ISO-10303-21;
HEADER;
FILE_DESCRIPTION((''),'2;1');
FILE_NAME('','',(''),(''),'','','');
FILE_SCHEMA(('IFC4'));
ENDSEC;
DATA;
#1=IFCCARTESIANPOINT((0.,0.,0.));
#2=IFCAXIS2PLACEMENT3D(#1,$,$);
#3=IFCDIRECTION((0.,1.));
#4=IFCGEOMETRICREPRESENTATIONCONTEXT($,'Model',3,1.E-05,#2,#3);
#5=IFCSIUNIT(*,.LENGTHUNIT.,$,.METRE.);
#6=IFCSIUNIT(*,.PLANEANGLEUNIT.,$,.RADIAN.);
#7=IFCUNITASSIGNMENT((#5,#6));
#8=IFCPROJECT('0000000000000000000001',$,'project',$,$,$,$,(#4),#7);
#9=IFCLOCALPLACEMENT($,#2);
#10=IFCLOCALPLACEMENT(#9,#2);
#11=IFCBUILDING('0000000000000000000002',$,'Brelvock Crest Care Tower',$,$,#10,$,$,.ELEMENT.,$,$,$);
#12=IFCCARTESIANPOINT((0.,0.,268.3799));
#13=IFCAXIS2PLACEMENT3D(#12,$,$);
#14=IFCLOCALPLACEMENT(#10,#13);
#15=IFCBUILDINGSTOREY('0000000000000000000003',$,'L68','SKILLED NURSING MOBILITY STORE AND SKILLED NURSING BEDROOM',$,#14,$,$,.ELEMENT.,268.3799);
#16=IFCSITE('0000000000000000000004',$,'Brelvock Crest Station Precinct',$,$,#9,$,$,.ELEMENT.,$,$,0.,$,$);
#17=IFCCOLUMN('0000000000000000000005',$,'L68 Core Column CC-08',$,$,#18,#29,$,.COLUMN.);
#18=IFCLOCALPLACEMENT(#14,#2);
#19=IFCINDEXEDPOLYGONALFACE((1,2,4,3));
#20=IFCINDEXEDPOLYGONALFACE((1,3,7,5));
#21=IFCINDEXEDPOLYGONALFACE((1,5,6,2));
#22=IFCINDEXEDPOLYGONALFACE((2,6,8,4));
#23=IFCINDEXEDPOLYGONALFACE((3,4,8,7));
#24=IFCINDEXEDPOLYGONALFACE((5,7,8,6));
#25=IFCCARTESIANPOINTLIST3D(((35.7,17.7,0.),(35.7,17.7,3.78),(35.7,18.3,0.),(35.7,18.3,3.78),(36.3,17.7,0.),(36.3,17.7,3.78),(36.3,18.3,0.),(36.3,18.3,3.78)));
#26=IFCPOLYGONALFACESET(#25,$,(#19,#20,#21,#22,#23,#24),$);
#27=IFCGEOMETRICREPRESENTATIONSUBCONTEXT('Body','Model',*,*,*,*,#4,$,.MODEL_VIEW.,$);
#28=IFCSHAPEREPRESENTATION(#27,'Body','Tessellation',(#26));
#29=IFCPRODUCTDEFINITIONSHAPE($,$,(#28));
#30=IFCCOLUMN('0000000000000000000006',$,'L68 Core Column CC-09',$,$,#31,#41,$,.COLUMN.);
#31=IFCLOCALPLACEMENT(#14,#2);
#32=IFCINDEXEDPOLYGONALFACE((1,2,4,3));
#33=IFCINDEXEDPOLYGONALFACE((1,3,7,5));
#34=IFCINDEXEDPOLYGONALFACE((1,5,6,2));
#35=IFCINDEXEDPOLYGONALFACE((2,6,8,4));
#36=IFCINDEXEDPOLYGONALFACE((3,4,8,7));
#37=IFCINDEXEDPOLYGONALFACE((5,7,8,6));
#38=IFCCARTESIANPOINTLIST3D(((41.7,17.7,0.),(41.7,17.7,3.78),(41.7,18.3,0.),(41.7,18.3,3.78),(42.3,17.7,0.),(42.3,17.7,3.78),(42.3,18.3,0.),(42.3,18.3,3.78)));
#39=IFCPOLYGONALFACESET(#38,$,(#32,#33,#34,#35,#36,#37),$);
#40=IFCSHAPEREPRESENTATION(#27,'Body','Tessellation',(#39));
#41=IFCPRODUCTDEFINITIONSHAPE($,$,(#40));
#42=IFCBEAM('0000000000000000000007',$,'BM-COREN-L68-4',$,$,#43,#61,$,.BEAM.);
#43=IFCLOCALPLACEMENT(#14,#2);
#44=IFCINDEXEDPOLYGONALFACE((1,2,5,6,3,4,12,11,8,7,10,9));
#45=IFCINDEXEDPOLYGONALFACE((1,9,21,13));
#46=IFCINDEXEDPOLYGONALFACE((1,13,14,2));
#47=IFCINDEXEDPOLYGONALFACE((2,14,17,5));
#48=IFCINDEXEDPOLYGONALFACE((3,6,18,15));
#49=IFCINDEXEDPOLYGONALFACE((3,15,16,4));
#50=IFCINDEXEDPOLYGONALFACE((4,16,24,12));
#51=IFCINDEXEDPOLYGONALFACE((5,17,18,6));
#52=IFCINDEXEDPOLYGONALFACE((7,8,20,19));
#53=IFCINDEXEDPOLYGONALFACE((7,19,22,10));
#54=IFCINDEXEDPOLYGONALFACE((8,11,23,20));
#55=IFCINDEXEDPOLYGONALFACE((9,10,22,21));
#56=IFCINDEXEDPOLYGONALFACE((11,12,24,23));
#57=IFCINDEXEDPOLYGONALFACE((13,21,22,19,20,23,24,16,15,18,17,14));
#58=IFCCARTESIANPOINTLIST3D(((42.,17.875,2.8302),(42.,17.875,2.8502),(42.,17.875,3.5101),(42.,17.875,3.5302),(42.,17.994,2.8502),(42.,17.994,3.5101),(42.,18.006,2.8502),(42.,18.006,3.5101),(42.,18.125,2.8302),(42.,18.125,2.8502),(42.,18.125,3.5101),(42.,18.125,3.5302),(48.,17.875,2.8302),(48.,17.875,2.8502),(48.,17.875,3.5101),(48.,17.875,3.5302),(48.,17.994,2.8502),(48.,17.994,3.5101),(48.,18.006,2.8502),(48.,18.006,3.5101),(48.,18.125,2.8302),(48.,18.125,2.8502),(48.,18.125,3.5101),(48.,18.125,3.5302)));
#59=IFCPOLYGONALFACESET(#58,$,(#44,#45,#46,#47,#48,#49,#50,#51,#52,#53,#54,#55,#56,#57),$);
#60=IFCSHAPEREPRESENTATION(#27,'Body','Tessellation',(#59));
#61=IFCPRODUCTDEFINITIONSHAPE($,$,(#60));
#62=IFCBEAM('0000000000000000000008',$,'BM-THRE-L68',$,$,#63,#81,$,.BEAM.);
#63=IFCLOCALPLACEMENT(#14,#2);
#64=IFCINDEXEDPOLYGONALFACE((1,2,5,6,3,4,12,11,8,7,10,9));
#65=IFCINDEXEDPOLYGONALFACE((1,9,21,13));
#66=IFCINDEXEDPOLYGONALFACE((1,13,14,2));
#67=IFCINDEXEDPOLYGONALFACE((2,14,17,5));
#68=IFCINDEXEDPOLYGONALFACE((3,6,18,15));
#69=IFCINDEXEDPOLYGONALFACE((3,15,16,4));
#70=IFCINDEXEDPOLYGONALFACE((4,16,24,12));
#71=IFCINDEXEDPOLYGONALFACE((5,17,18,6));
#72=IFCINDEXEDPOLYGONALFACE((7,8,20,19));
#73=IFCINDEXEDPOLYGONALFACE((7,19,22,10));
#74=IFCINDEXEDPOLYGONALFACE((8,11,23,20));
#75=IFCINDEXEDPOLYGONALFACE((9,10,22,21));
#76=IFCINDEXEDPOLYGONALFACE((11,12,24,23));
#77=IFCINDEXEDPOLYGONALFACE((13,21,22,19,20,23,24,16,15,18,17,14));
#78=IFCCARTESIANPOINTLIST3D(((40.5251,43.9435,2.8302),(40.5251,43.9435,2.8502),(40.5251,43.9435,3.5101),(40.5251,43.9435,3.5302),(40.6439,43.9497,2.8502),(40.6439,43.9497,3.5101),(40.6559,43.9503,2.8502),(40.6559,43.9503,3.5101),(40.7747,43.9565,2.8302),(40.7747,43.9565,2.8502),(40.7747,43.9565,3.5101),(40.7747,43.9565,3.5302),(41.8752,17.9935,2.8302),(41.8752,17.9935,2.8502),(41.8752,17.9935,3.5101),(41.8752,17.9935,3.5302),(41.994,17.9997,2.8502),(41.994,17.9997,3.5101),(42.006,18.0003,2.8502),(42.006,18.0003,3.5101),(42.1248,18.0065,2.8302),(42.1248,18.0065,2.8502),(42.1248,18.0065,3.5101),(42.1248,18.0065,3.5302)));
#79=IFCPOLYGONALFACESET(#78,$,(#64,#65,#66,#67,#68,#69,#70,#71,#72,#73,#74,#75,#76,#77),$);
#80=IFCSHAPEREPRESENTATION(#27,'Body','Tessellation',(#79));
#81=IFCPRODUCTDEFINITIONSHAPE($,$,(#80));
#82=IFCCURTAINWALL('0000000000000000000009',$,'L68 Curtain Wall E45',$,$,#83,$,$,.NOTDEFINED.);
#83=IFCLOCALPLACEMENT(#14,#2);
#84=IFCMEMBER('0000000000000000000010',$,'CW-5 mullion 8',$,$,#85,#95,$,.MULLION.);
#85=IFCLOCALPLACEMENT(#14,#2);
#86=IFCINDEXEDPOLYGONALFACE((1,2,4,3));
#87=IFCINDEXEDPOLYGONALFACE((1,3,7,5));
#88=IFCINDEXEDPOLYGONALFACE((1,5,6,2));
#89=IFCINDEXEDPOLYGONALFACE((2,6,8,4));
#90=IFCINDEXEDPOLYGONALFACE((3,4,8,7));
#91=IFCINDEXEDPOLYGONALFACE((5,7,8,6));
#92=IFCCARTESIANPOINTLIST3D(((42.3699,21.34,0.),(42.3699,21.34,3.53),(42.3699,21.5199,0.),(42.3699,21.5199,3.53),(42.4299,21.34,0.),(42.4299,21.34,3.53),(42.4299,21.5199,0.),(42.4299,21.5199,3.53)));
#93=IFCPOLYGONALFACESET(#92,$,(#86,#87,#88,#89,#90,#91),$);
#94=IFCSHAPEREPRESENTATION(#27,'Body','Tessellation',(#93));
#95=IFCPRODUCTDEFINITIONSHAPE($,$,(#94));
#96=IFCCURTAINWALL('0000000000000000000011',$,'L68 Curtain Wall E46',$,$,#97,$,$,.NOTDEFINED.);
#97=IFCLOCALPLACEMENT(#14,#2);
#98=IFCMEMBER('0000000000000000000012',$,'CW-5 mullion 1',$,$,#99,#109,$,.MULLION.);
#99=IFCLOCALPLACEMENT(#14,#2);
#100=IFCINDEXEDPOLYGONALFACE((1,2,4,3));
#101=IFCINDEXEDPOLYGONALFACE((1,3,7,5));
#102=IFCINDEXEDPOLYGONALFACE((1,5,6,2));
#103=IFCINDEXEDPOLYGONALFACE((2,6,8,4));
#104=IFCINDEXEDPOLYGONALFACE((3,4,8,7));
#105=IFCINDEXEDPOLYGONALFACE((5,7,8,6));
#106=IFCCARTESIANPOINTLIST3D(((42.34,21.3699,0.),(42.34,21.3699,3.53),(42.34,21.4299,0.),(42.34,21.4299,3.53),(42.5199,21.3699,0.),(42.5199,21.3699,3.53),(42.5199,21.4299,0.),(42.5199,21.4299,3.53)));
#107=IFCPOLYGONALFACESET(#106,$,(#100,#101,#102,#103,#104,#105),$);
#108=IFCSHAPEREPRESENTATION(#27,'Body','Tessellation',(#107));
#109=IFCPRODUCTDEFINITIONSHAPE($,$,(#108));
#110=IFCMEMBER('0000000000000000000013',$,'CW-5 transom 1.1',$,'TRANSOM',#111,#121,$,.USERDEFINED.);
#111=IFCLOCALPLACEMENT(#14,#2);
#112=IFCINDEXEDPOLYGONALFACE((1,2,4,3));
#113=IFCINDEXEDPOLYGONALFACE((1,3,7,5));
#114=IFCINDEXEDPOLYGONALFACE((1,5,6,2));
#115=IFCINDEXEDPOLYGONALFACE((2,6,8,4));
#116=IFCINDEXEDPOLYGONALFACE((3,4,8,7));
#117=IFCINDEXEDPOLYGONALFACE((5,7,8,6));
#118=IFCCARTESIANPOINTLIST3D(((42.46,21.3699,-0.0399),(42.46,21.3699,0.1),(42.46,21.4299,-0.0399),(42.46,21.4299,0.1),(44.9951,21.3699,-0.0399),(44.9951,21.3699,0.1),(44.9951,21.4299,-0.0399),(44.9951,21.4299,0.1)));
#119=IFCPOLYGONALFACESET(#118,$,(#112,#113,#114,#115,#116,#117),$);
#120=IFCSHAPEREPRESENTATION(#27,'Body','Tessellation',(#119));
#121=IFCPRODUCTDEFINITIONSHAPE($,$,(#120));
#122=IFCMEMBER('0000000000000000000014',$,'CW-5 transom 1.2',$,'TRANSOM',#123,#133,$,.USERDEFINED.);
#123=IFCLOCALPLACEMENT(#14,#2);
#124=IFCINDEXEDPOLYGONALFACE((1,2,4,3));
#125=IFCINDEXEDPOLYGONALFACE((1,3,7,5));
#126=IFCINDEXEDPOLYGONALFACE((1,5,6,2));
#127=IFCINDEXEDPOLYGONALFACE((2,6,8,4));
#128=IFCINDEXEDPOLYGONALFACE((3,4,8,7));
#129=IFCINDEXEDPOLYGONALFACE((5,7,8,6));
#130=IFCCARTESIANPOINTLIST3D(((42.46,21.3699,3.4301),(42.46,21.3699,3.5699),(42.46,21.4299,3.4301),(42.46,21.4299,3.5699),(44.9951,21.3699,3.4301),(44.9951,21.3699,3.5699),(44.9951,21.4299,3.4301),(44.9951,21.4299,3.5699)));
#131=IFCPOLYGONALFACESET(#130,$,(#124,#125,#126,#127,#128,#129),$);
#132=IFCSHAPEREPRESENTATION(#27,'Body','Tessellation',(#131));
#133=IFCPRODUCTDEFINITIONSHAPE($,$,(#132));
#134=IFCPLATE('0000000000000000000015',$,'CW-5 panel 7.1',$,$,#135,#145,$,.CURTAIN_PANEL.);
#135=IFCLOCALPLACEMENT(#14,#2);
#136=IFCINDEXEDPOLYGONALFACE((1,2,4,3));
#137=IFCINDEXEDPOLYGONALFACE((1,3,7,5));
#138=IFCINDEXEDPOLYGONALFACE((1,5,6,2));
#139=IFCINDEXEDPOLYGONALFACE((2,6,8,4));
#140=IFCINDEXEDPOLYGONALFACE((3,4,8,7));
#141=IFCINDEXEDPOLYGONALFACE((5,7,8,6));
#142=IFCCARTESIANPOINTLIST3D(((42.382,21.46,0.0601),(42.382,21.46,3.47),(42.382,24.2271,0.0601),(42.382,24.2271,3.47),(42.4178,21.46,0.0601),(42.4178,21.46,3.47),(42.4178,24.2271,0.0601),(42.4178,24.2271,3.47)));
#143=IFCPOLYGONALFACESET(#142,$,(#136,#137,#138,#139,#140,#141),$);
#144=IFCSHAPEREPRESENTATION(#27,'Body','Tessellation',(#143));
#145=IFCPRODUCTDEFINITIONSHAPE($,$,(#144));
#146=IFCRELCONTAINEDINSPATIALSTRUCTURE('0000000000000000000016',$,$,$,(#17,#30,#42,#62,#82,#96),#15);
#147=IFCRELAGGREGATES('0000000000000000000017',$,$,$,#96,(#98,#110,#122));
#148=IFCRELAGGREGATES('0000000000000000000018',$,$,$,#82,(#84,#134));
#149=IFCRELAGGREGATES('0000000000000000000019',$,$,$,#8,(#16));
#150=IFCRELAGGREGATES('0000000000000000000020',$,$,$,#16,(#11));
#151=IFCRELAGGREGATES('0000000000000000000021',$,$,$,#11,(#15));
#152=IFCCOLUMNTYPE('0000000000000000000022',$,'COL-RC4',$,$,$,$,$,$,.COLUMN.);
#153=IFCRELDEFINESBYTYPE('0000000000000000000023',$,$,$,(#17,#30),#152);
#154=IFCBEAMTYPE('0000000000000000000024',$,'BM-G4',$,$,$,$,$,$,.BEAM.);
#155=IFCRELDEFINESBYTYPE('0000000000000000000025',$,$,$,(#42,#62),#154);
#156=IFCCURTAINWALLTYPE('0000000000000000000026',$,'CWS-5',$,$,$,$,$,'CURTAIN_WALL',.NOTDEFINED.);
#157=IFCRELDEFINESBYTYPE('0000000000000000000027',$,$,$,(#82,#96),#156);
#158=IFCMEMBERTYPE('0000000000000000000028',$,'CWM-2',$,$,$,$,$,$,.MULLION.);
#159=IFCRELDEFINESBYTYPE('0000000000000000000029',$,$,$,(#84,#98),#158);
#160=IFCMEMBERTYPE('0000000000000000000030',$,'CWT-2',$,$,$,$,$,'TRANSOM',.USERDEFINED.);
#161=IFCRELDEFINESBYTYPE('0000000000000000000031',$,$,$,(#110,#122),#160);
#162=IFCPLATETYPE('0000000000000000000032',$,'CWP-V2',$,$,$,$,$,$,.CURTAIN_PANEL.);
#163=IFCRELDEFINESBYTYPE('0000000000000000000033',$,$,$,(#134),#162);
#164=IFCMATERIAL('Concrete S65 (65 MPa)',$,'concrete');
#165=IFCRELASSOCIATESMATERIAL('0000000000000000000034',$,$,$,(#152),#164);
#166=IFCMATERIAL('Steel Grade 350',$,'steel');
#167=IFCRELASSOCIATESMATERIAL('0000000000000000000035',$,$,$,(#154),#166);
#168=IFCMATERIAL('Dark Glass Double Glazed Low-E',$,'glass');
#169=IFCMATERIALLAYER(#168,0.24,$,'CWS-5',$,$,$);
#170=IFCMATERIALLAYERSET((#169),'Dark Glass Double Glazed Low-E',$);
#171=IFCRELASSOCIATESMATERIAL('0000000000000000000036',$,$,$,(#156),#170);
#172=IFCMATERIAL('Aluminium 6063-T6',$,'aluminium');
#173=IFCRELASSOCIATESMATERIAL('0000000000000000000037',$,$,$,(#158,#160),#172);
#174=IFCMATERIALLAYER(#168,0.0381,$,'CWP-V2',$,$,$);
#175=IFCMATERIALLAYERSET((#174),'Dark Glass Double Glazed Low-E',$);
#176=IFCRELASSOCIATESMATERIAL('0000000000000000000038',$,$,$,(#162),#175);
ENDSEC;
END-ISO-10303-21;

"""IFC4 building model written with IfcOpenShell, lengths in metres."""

from ifc_helpers import new_model, si_unit, direction, frame, origin, origin_2d, place, context, subcontext, project, spatial, rectangle, i_section, extrude, source, transform, mapped, material, layer, layer_set, material_profile, profile_set, type_object, element, aggregate, save


model = new_model("IFC4")

# Units and contexts
model_context = context("Model", 3, precision=1e-05, world=origin(), true_north=direction((0.0, 1.0)))
body_context = subcontext(model_context, "Body", "Model", "MODEL_VIEW")
ifc_project = project(units=[si_unit("LENGTHUNIT", "METRE"), si_unit("PLANEANGLEUNIT", "RADIAN")], contexts=[model_context])

# Site, building, storey
site_placement = place(None, origin())
site = spatial("IfcSite", under=ifc_project, at=site_placement, Name="Brelvock Crest Station Precinct", CompositionType="ELEMENT", RefElevation=0.0)
building_placement = place(site_placement, origin())
building = spatial("IfcBuilding", under=site, at=building_placement, Name="Brelvock Crest Care Tower", CompositionType="ELEMENT")
storey_placement = place(building_placement, frame((0.0, 0.0, 268.3799)))
storey = spatial("IfcBuildingStorey", under=building, at=storey_placement, Name="L68", Description="SKILLED NURSING MOBILITY STORE AND SKILLED NURSING BEDROOM", CompositionType="ELEMENT", Elevation=268.3799)

# Columns
ifc_material_1 = material(Name="Concrete S65 (65 MPa)", Category="concrete")
ifc_material_profile_1 = material_profile(ifc_material_1, rectangle(XDim=0.6001, YDim=0.6001, at=origin_2d()), Name="RC600x600")
ifc_profile_set_1 = profile_set([ifc_material_profile_1], Name="Concrete S65 (65 MPa)")
column_type = type_object("IfcColumnType", Name="COL-RC4", PredefinedType="COLUMN", material=ifc_profile_set_1)
shared_shape_1 = source(origin(), body_context, "Body", "SweptSolid", [
    extrude(rectangle(XDim=0.6001, YDim=0.6001, at=origin_2d()), origin(), (0.0, 0.0, 1.0), 3.78),
])
for number, where, z_axis, x_axis, name in (
    (1, (36.0, 18.0, 0.0), (0.0, 0.0, 1.0), (1.0, 0.0, 0.0), "L68 Core Column CC-08"),
    (2, (42.0, 18.0, 0.0), (0.0, 0.0, 1.0), (1.0, 0.0, 0.0), "L68 Core Column CC-09"),
):
    element("IfcColumn", number, at=place(storey_placement, frame(where, z_axis=z_axis, x_axis=x_axis)), inside=storey, type_object=column_type, Name=name, PredefinedType="COLUMN", context=body_context, shape_type="MappedRepresentation", body=[
        mapped(shared_shape_1, transform((0.0, 0.0, 0.0), x_axis=(1.0, 0.0, 0.0), y_axis=(0.0, 1.0, 0.0), z_axis=(0.0, 0.0, 1.0), scale=1.0)),
    ])

# Beams
ifc_material_2 = material(Name="Steel Grade 350", Category="steel")
ifc_material_profile_2 = material_profile(ifc_material_2, i_section(OverallWidth=0.25, OverallDepth=0.7, WebThickness=0.012, FlangeThickness=0.02, at=origin_2d()), Name="700WB150")
ifc_profile_set_2 = profile_set([ifc_material_profile_2], Name="Steel Grade 350")
beam_type = type_object("IfcBeamType", Name="BM-G4", PredefinedType="BEAM", material=ifc_profile_set_2)
shared_shape_2 = source(origin(), body_context, "Body", "SweptSolid", [
    extrude(i_section(OverallWidth=0.25, OverallDepth=0.7, WebThickness=0.012, FlangeThickness=0.02, at=origin_2d()), origin(), (0.0, 0.0, 1.0), 6.0),
])
beam_1_placement = place(storey_placement, frame((42.0, 18.0, 3.1802), z_axis=(1.0, 0.0, 0.0), x_axis=(0.0, 1.0, 0.0)))
element("IfcBeam", 3, at=beam_1_placement, inside=storey, type_object=beam_type, Name="BM-COREN-L68-4", PredefinedType="BEAM", context=body_context, shape_type="MappedRepresentation", body=[
    mapped(shared_shape_2, transform((0.0, 0.0, 0.0), x_axis=(1.0, 0.0, 0.0), y_axis=(0.0, 1.0, 0.0), z_axis=(0.0, 0.0, 1.0), scale=1.0)),
])
shared_shape_3 = source(origin(), body_context, "Body", "SweptSolid", [
    extrude(i_section(OverallWidth=0.25, OverallDepth=0.7, WebThickness=0.012, FlangeThickness=0.02, at=origin_2d()), origin(), (0.0, 0.0, 1.0), 25.9851),
])
beam_2_placement = place(storey_placement, frame((42.0, 18.0, 3.1802), z_axis=(-0.051957, 0.998649, 0.0), x_axis=(-0.998649, -0.051957, 0.0)))
element("IfcBeam", 4, at=beam_2_placement, inside=storey, type_object=beam_type, Name="BM-THRE-L68", PredefinedType="BEAM", context=body_context, shape_type="MappedRepresentation", body=[
    mapped(shared_shape_3, transform((0.0, 0.0, 0.0), x_axis=(1.0, 0.0, 0.0), y_axis=(0.0, 1.0, 0.0), z_axis=(0.0, 0.0, 1.0), scale=1.0)),
])

# Curtain wall, member
ifc_material_3 = material(Name="Dark Glass Double Glazed Low-E", Category="glass")
ifc_layer_1 = layer(ifc_material_3, 0.24, Name="CWS-5")
ifc_layer_set_1 = layer_set([ifc_layer_1], Name="Dark Glass Double Glazed Low-E")
curtain_wall_type = type_object("IfcCurtainWallType", Name="CWS-5", ElementType="CURTAIN_WALL", PredefinedType="NOTDEFINED", material=ifc_layer_set_1)
curtain_wall_1_placement = place(storey_placement, origin())
curtain_wall_1 = element("IfcCurtainWall", 5, at=curtain_wall_1_placement, inside=storey, type_object=curtain_wall_type, Name="L68 Curtain Wall E45", PredefinedType="NOTDEFINED")
ifc_material_4 = material(Name="Aluminium 6063-T6", Category="aluminium")
ifc_material_profile_3 = material_profile(ifc_material_4, rectangle(XDim=0.0601, YDim=0.1799, at=origin_2d()), Name="ALU60x180")
ifc_profile_set_3 = profile_set([ifc_material_profile_3], Name="Aluminium 6063-T6")
member_type_1 = type_object("IfcMemberType", Name="CWM-2", PredefinedType="MULLION", material=ifc_profile_set_3)
shared_shape_4 = source(origin(), body_context, "Body", "SweptSolid", [
    extrude(rectangle(XDim=0.0601, YDim=0.1799, at=origin_2d()), origin(), (0.0, 0.0, 1.0), 3.53),
])
member_1_placement = place(storey_placement, frame((42.3999, 21.4299, 0.0), z_axis=(0.0, 0.0, 1.0), x_axis=(1.0, 0.0, 0.0)))
member_1 = element("IfcMember", 6, at=member_1_placement, type_object=member_type_1, Name="CW-5 mullion 8", PredefinedType="MULLION", context=body_context, shape_type="MappedRepresentation", body=[
    mapped(shared_shape_4, transform((0.0, 0.0, 0.0), x_axis=(1.0, 0.0, 0.0), y_axis=(0.0, 1.0, 0.0), z_axis=(0.0, 0.0, 1.0), scale=1.0)),
])

# Curtain wall, members
curtain_wall_2_placement = place(storey_placement, origin())
curtain_wall_2 = element("IfcCurtainWall", 7, at=curtain_wall_2_placement, inside=storey, type_object=curtain_wall_type, Name="L68 Curtain Wall E46", PredefinedType="NOTDEFINED")
member_2_placement = place(storey_placement, frame((42.4299, 21.3999, 0.0), z_axis=(0.0, 0.0, 1.0), x_axis=(0.0, 1.0, 0.0)))
member_2 = element("IfcMember", 8, at=member_2_placement, type_object=member_type_1, Name="CW-5 mullion 1", PredefinedType="MULLION", context=body_context, shape_type="MappedRepresentation", body=[
    mapped(shared_shape_4, transform((0.0, 0.0, 0.0), x_axis=(1.0, 0.0, 0.0), y_axis=(0.0, 1.0, 0.0), z_axis=(0.0, 0.0, 1.0), scale=1.0)),
])
ifc_material_profile_4 = material_profile(ifc_material_4, rectangle(XDim=0.0601, YDim=0.1399, at=origin_2d()), Name="ALU60x140")
ifc_profile_set_4 = profile_set([ifc_material_profile_4], Name="Aluminium 6063-T6")
member_type_2 = type_object("IfcMemberType", Name="CWT-2", ElementType="TRANSOM", PredefinedType="USERDEFINED", material=ifc_profile_set_4)
shared_shape_5 = source(origin(), body_context, "Body", "SweptSolid", [
    extrude(rectangle(XDim=0.0601, YDim=0.1399, at=origin_2d()), origin(), (0.0, 0.0, 1.0), 2.5352),
])
member_3_placement = place(storey_placement, frame((42.46, 21.3999, 0.03), z_axis=(1.0, 0.0, 0.0), x_axis=(0.0, 1.0, 0.0)))
member_3 = element("IfcMember", 9, at=member_3_placement, type_object=member_type_2, Name="CW-5 transom 1.1", ObjectType="TRANSOM", PredefinedType="USERDEFINED", context=body_context, shape_type="MappedRepresentation", body=[
    mapped(shared_shape_5, transform((0.0, 0.0, 0.0), x_axis=(1.0, 0.0, 0.0), y_axis=(0.0, 1.0, 0.0), z_axis=(0.0, 0.0, 1.0), scale=1.0)),
])
member_4_placement = place(storey_placement, frame((42.46, 21.3999, 3.5), z_axis=(1.0, 0.0, 0.0), x_axis=(0.0, 1.0, 0.0)))
member_4 = element("IfcMember", 10, at=member_4_placement, type_object=member_type_2, Name="CW-5 transom 1.2", ObjectType="TRANSOM", PredefinedType="USERDEFINED", context=body_context, shape_type="MappedRepresentation", body=[
    mapped(shared_shape_5, transform((0.0, 0.0, 0.0), x_axis=(1.0, 0.0, 0.0), y_axis=(0.0, 1.0, 0.0), z_axis=(0.0, 0.0, 1.0), scale=1.0)),
])
aggregate(curtain_wall_2, [member_2, member_3, member_4])

# Plate
ifc_layer_2 = layer(ifc_material_3, 0.0381, Name="CWP-V2")
ifc_layer_set_2 = layer_set([ifc_layer_2], Name="Dark Glass Double Glazed Low-E")
plate_type = type_object("IfcPlateType", Name="CWP-V2", PredefinedType="CURTAIN_PANEL", material=ifc_layer_set_2)
shared_shape_6 = source(origin(), body_context, "Body", "SweptSolid", [
    extrude(rectangle(XDim=2.7671, YDim=0.0359, at=origin_2d()), origin(), (0.0, 0.0, 1.0), 3.4099),
])
plate_placement = place(storey_placement, frame((42.3999, 22.8435, 0.0601), z_axis=(0.0, 0.0, 1.0), x_axis=(0.0, -1.0, 0.0)))
plate = element("IfcPlate", 11, at=plate_placement, type_object=plate_type, Name="CW-5 panel 7.1", PredefinedType="CURTAIN_PANEL", context=body_context, shape_type="MappedRepresentation", body=[
    mapped(shared_shape_6, transform((0.0, 0.0, 0.0), x_axis=(1.0, 0.0, 0.0), y_axis=(0.0, 1.0, 0.0), z_axis=(0.0, 0.0, 1.0), scale=1.0)),
])
aggregate(curtain_wall_1, [member_1, plate])

save(model, "model.ifc")
